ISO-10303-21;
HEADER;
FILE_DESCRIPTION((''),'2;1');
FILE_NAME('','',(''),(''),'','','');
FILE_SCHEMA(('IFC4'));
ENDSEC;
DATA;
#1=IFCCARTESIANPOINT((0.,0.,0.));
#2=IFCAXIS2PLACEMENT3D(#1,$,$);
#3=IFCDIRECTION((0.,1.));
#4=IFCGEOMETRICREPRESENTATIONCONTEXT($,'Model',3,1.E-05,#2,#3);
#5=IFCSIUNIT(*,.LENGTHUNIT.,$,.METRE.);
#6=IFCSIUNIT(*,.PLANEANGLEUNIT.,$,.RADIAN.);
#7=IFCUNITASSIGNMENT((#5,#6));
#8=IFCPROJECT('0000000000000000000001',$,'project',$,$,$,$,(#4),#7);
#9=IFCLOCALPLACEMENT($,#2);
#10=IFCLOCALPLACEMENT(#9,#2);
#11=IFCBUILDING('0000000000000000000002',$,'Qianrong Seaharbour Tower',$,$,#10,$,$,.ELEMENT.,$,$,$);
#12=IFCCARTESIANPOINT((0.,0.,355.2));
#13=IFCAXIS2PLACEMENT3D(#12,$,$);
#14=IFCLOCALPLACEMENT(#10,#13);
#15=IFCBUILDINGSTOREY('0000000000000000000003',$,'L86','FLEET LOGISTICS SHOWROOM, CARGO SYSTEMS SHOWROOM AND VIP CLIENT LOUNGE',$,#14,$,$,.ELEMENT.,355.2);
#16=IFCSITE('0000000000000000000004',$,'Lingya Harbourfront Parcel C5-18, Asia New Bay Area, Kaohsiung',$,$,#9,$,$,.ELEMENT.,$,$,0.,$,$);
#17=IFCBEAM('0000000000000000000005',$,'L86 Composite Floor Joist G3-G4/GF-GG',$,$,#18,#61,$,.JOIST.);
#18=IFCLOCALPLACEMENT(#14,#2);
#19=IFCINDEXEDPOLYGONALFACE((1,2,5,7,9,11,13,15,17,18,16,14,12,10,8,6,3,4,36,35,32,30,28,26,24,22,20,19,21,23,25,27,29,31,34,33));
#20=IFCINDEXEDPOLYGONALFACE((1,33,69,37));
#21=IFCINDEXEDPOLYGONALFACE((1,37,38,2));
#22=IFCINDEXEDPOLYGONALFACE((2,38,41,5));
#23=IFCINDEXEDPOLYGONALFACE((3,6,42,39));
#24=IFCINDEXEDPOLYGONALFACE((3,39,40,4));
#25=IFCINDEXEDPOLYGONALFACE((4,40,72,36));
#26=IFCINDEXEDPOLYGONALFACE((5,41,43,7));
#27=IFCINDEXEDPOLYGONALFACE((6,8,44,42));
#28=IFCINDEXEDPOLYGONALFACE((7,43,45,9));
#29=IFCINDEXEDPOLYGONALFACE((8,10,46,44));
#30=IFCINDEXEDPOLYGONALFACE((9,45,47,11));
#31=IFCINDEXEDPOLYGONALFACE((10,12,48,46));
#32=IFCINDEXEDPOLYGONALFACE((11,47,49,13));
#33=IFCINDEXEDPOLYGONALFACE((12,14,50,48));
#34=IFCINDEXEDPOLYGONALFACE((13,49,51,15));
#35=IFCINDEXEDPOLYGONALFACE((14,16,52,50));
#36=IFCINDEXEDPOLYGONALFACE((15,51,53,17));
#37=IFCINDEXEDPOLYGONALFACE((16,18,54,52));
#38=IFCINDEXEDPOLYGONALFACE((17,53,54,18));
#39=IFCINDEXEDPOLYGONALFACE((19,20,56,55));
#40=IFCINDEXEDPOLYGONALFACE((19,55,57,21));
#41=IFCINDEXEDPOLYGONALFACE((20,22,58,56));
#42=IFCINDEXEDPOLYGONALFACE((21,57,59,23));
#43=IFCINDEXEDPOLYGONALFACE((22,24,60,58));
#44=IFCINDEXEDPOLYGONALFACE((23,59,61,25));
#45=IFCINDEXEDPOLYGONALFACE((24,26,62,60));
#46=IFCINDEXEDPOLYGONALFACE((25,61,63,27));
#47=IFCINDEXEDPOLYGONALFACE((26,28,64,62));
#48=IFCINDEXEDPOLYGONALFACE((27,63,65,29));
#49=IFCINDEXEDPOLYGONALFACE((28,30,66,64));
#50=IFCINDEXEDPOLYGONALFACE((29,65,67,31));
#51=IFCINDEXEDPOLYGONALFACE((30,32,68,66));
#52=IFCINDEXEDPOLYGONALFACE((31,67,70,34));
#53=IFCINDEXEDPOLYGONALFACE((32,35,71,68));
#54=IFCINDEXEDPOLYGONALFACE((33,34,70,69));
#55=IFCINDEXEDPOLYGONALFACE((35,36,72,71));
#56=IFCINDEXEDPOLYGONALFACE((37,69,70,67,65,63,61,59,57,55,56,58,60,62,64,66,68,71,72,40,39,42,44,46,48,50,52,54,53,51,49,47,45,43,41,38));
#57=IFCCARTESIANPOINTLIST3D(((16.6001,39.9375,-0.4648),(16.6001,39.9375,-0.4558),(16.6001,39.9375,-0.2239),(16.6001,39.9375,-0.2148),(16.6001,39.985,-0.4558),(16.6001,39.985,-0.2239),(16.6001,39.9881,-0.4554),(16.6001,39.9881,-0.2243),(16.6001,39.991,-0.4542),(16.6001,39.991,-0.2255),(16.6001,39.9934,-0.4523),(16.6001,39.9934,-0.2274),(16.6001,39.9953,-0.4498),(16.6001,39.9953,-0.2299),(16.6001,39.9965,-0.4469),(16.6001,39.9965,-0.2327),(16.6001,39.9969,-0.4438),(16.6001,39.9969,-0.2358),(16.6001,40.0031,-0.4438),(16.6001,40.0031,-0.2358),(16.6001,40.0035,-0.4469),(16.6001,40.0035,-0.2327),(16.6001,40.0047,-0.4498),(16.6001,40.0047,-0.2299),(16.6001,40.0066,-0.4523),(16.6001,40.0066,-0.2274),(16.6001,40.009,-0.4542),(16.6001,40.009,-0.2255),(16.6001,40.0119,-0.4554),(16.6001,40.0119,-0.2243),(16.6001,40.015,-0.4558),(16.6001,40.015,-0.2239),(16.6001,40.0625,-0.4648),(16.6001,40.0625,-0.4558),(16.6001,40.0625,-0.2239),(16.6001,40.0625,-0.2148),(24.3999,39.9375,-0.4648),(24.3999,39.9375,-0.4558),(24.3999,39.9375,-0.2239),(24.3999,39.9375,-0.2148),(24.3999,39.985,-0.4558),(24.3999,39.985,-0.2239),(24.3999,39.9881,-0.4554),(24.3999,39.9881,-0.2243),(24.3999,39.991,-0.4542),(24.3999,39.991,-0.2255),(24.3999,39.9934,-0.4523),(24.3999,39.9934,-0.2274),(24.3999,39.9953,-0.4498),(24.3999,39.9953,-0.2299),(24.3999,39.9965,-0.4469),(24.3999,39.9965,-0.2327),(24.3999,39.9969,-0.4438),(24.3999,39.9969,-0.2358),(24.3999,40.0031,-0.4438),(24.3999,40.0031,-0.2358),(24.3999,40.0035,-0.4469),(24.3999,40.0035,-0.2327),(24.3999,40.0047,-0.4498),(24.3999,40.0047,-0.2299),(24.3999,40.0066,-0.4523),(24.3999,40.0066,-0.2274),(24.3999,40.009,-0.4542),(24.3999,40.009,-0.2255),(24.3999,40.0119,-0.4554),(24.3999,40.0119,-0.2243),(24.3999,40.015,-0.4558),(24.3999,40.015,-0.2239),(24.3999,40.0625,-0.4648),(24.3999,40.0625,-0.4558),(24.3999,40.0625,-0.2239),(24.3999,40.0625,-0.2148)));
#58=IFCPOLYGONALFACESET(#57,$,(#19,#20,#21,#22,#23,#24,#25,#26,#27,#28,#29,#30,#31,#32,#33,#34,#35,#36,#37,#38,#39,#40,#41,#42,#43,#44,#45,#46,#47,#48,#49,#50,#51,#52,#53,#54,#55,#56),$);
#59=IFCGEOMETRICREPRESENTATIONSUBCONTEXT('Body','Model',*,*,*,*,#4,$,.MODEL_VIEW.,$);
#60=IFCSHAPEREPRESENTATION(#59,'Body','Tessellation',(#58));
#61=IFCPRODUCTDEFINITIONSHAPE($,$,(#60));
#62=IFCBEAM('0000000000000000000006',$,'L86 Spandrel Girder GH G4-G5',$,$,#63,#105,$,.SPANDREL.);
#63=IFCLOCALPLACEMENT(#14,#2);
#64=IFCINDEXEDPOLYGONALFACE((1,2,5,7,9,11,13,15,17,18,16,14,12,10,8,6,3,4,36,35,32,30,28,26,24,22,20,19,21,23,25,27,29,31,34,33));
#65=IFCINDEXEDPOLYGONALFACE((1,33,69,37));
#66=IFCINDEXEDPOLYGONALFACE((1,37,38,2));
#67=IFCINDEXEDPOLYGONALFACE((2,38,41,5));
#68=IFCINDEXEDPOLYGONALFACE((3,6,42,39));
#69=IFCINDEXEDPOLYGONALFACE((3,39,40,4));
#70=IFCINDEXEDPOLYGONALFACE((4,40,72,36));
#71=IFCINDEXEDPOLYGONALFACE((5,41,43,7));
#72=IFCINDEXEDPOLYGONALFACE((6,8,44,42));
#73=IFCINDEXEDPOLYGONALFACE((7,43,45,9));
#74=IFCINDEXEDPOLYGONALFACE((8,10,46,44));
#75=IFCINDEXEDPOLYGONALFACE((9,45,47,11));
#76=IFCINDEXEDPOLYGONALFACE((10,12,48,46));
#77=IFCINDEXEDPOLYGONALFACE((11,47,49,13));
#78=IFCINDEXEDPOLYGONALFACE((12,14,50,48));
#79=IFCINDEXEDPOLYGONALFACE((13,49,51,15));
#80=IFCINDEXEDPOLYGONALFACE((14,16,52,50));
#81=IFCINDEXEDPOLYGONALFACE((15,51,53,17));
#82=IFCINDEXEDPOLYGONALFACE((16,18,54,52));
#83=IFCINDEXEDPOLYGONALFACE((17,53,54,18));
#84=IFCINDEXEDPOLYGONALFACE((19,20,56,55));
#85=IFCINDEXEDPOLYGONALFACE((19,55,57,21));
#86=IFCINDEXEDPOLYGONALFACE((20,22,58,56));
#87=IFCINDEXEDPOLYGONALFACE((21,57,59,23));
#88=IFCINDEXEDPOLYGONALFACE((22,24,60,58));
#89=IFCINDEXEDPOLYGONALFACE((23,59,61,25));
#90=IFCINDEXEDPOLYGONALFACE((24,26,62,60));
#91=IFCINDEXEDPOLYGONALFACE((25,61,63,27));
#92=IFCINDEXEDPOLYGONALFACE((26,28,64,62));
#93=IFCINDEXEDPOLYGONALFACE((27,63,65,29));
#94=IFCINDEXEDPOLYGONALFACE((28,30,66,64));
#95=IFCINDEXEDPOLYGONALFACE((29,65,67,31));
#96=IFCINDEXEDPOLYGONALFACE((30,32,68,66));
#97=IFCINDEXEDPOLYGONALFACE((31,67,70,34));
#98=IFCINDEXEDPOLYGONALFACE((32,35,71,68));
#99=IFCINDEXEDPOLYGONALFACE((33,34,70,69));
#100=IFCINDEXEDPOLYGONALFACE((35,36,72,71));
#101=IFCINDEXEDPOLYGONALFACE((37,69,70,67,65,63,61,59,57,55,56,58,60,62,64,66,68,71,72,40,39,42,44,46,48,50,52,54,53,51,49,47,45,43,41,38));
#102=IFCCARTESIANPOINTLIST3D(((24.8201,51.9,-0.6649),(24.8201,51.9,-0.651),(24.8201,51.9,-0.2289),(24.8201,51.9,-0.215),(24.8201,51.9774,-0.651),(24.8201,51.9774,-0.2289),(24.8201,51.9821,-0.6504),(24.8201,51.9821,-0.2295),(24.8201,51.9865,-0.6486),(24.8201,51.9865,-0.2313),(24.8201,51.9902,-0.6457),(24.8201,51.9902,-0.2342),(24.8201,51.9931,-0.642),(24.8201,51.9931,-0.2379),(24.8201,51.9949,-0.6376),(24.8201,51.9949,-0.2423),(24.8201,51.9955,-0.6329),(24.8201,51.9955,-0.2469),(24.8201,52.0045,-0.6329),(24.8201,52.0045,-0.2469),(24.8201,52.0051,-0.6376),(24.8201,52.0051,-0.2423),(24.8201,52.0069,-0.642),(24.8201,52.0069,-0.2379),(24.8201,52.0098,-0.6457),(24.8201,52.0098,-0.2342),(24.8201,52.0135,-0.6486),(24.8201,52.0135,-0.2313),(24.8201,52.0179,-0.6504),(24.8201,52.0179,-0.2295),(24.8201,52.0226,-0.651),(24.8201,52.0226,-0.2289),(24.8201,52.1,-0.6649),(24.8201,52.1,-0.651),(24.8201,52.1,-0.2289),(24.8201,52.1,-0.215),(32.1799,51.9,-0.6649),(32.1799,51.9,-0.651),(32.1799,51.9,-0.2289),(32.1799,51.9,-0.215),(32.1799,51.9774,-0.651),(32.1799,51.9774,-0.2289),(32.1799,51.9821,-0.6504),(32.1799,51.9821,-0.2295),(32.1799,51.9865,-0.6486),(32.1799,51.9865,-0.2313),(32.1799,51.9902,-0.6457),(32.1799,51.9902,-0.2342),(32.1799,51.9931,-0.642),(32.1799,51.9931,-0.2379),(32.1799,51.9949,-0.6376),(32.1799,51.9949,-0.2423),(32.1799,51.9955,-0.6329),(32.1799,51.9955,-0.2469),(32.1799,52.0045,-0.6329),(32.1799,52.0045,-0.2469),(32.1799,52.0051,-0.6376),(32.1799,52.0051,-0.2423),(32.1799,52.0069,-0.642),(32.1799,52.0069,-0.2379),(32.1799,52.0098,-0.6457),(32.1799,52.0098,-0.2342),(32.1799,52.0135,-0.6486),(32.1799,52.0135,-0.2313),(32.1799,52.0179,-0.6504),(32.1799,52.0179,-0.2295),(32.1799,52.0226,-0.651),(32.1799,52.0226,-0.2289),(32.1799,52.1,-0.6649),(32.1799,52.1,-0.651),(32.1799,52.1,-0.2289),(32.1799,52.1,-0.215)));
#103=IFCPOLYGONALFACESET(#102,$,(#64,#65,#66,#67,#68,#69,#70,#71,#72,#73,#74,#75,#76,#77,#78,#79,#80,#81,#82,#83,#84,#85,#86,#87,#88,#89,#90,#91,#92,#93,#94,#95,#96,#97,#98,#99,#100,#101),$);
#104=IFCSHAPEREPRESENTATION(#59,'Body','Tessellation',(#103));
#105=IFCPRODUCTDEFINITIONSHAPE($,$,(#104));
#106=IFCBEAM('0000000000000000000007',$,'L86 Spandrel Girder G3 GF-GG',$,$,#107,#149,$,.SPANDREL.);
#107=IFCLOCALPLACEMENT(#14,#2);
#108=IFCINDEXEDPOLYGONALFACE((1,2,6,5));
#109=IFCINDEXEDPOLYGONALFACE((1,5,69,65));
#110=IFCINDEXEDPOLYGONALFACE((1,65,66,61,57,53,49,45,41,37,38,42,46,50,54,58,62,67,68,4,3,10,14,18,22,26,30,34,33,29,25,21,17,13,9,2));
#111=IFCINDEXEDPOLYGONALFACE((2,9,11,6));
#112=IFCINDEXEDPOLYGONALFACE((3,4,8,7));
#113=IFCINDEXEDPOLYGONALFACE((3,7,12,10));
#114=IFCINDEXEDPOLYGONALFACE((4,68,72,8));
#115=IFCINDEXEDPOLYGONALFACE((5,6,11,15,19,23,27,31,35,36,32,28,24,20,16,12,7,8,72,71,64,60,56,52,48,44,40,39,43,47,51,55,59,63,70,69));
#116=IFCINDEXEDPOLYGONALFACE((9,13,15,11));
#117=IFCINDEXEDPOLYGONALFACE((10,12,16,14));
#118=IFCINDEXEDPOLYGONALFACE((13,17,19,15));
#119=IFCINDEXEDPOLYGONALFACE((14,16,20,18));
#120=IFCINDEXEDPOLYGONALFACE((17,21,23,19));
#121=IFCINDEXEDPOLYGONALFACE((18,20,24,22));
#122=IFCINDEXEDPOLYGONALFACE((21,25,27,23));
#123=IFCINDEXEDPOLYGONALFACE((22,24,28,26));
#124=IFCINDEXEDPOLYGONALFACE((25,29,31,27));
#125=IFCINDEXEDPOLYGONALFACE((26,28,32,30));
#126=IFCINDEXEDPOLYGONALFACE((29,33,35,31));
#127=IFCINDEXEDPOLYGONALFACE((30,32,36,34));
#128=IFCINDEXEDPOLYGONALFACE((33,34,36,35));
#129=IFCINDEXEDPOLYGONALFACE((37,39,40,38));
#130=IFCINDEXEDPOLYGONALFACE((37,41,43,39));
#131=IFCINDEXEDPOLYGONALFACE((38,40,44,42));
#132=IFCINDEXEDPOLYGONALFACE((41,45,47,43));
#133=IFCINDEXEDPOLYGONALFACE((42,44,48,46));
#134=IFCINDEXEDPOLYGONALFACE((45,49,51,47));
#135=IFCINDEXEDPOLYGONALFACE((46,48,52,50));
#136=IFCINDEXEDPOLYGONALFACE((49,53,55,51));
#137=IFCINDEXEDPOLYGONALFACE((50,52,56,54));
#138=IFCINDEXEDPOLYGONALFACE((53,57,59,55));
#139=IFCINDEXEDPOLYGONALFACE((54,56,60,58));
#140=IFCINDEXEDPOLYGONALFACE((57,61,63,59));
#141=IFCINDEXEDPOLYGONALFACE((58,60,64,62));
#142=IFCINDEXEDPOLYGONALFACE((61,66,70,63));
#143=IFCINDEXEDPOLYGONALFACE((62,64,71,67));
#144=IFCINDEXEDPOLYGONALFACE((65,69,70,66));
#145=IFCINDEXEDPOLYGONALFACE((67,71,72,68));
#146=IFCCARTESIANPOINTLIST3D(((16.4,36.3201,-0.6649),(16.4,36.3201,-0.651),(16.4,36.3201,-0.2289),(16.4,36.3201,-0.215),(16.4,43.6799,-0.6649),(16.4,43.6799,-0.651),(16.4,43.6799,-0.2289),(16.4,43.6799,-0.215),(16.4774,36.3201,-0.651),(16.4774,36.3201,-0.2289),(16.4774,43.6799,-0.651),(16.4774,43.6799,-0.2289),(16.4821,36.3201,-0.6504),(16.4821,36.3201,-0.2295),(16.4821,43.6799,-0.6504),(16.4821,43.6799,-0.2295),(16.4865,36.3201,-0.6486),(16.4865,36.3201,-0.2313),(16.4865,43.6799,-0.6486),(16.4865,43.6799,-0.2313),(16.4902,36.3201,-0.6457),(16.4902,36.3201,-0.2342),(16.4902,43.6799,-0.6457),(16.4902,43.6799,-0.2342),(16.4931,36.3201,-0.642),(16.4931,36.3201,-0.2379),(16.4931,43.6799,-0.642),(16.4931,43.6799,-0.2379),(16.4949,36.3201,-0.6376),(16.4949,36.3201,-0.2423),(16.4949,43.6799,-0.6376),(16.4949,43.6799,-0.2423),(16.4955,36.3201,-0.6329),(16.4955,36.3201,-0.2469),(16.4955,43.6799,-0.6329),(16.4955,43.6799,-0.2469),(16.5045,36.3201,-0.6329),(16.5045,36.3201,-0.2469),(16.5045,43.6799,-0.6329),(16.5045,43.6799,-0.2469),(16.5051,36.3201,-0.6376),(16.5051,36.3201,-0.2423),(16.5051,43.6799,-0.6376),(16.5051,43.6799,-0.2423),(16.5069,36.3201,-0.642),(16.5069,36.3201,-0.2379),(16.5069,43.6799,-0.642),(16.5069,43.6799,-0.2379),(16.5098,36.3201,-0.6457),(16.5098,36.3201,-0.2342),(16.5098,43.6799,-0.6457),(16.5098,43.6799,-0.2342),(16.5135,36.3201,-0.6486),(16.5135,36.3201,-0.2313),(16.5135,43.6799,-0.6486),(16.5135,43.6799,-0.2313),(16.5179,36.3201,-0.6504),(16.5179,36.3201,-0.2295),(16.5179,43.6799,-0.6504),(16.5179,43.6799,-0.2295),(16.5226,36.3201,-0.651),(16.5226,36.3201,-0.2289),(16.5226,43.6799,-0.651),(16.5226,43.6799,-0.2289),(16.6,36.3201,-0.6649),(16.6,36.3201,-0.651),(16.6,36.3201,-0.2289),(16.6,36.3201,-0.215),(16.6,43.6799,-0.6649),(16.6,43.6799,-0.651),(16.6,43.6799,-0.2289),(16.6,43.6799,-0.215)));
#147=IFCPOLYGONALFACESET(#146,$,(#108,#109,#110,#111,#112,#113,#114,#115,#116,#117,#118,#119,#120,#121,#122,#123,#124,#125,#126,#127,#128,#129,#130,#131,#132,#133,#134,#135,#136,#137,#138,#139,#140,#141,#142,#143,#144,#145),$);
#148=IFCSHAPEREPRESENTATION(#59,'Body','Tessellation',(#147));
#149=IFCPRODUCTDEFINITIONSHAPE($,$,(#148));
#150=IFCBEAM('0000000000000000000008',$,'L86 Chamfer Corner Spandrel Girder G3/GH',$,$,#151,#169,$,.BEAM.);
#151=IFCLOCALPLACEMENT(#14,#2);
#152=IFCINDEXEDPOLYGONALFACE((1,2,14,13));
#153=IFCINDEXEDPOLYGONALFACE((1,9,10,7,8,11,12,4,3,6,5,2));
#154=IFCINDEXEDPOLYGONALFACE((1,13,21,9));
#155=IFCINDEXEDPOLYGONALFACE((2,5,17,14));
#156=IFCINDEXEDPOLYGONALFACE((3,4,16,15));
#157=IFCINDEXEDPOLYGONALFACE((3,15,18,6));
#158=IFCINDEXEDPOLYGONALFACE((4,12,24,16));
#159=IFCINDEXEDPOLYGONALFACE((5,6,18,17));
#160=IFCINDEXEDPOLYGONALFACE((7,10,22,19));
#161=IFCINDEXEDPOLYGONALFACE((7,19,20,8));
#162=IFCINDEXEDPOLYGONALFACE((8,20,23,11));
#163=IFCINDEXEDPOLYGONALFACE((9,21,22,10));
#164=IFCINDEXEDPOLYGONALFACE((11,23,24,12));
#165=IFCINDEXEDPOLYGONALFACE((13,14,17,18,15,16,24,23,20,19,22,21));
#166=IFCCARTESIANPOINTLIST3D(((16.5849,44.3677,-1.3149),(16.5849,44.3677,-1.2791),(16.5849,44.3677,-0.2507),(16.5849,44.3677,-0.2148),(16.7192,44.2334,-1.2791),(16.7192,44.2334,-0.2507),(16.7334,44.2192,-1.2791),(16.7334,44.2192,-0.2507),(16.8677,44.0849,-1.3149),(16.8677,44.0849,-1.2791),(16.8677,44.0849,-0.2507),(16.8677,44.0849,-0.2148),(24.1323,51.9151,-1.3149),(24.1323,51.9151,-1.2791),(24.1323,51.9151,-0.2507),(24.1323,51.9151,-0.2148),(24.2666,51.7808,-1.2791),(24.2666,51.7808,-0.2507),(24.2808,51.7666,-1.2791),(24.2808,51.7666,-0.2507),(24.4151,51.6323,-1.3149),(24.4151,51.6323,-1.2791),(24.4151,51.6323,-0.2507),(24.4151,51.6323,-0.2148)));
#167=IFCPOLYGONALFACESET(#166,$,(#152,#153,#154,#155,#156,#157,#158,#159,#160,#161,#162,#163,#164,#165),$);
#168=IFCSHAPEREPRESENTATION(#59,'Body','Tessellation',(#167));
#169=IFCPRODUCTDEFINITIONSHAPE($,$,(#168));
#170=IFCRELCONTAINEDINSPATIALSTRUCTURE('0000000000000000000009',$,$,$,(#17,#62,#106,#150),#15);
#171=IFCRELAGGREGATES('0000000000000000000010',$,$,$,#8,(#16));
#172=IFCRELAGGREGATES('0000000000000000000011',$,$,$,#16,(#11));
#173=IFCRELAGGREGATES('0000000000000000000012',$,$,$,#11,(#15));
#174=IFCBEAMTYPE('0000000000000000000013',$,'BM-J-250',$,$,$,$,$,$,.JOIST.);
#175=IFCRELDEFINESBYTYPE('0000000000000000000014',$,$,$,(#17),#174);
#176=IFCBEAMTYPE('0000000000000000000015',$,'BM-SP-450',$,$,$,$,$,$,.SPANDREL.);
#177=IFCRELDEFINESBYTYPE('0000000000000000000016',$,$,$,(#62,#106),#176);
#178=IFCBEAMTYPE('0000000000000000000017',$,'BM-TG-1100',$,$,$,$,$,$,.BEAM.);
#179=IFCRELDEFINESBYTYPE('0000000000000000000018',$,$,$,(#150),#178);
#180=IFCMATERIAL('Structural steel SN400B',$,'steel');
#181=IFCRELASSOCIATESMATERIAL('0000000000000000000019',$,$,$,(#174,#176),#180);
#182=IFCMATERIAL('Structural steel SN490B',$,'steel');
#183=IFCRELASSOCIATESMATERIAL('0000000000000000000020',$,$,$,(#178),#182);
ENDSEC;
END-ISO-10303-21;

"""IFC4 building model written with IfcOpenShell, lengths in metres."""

from ifc_helpers import new_model, si_unit, direction, frame, origin, origin_2d, place, context, subcontext, project, spatial, i_section, extrude, material, material_profile, profile_set, type_object, element, save


model = new_model("IFC4")

# Units and contexts
model_context = context("Model", 3, precision=1e-05, world=origin(), true_north=direction((0.0, 1.0)))
body_context = subcontext(model_context, "Body", "Model", "MODEL_VIEW")
ifc_project = project(units=[si_unit("LENGTHUNIT", "METRE"), si_unit("PLANEANGLEUNIT", "RADIAN")], contexts=[model_context])

# Site, building, storey
site_placement = place(None, origin())
site = spatial("IfcSite", under=ifc_project, at=site_placement, Name="Lingya Harbourfront Parcel C5-18, Asia New Bay Area, Kaohsiung", CompositionType="ELEMENT", RefElevation=0.0)
building_placement = place(site_placement, origin())
building = spatial("IfcBuilding", under=site, at=building_placement, Name="Qianrong Seaharbour Tower", CompositionType="ELEMENT")
storey_placement = place(building_placement, frame((0.0, 0.0, 355.2)))
storey = spatial("IfcBuildingStorey", under=building, at=storey_placement, Name="L86", Description="FLEET LOGISTICS SHOWROOM, CARGO SYSTEMS SHOWROOM AND VIP CLIENT LOUNGE", CompositionType="ELEMENT", Elevation=355.2)

# Shared definitions
ifc_material_1 = material(Name="Structural steel SN400B", Category="steel")

# Beams
ifc_material_2 = material(Name="Structural steel SN490B", Category="steel")
ifc_material_profile_1 = material_profile(ifc_material_1, i_section(OverallWidth=0.125, OverallDepth=0.25, WebThickness=0.0061, FlangeThickness=0.009, FilletRadius=0.012, at=origin_2d()), Name="H250x125x6x9")
ifc_profile_set_1 = profile_set([ifc_material_profile_1], Name="Structural steel SN400B")
beam_type_1 = type_object("IfcBeamType", Name="BM-J-250", PredefinedType="JOIST", material=ifc_profile_set_1)
beam_1_placement = place(storey_placement, frame((16.6001, 40.0, -0.3398), z_axis=(1.0, 0.0, 0.0), x_axis=(0.0, 1.0, 0.0)))
element("IfcBeam", 1, at=beam_1_placement, inside=storey, type_object=beam_type_1, Name="L86 Composite Floor Joist G3-G4/GF-GG", PredefinedType="JOIST", context=body_context, shape_type="SweptSolid", body=[
    extrude(i_section(OverallWidth=0.125, OverallDepth=0.25, WebThickness=0.0061, FlangeThickness=0.009, FilletRadius=0.012, at=origin_2d()), origin(), (0.0, 0.0, 1.0), 7.7998),
])
ifc_material_profile_2 = material_profile(ifc_material_1, i_section(OverallWidth=0.2, OverallDepth=0.45, WebThickness=0.009, FlangeThickness=0.0139, FilletRadius=0.0181, at=origin_2d()), Name="H450x200x9x14")
ifc_profile_set_2 = profile_set([ifc_material_profile_2], Name="Structural steel SN400B")
beam_type_2 = type_object("IfcBeamType", Name="BM-SP-450", PredefinedType="SPANDREL", material=ifc_profile_set_2)
for number, where, z_axis, x_axis, name in (
    (2, (24.8201, 52.0, -0.4399), (1.0, 0.0, 0.0), (0.0, 1.0, 0.0), "L86 Spandrel Girder GH G4-G5"),
    (3, (16.5, 36.3201, -0.4399), (0.0, 1.0, 0.0), (-1.0, 0.0, 0.0), "L86 Spandrel Girder G3 GF-GG"),
):
    element("IfcBeam", number, at=place(storey_placement, frame(where, z_axis=z_axis, x_axis=x_axis)), inside=storey, type_object=beam_type_2, Name=name, PredefinedType="SPANDREL", context=body_context, shape_type="SweptSolid", body=[
        extrude(i_section(OverallWidth=0.2, OverallDepth=0.45, WebThickness=0.009, FlangeThickness=0.0139, FilletRadius=0.0181, at=origin_2d()), origin(), (0.0, 0.0, 1.0), 7.3599),
    ])
ifc_material_profile_3 = material_profile(ifc_material_2, i_section(OverallWidth=0.3999, OverallDepth=1.1001, WebThickness=0.02, FlangeThickness=0.0359, at=origin_2d()), Name="BH1100x400x20x36")
ifc_profile_set_3 = profile_set([ifc_material_profile_3], Name="Structural steel SN490B")
beam_type_3 = type_object("IfcBeamType", Name="BM-TG-1100", PredefinedType="BEAM", material=ifc_profile_set_3)
beam_2_placement = place(storey_placement, frame((24.2737, 51.7737, -0.7649), z_axis=(-0.707107, -0.707107, 0.0), x_axis=(0.707107, -0.707107, 0.0)))
element("IfcBeam", 4, at=beam_2_placement, inside=storey, type_object=beam_type_3, Name="L86 Chamfer Corner Spandrel Girder G3/GH", PredefinedType="BEAM", context=body_context, shape_type="SweptSolid", body=[
    extrude(i_section(OverallWidth=0.3999, OverallDepth=1.1001, WebThickness=0.02, FlangeThickness=0.0359, at=origin_2d()), origin(), (0.0, 0.0, 1.0), 10.6736),
])

save(model, "model.ifc")
